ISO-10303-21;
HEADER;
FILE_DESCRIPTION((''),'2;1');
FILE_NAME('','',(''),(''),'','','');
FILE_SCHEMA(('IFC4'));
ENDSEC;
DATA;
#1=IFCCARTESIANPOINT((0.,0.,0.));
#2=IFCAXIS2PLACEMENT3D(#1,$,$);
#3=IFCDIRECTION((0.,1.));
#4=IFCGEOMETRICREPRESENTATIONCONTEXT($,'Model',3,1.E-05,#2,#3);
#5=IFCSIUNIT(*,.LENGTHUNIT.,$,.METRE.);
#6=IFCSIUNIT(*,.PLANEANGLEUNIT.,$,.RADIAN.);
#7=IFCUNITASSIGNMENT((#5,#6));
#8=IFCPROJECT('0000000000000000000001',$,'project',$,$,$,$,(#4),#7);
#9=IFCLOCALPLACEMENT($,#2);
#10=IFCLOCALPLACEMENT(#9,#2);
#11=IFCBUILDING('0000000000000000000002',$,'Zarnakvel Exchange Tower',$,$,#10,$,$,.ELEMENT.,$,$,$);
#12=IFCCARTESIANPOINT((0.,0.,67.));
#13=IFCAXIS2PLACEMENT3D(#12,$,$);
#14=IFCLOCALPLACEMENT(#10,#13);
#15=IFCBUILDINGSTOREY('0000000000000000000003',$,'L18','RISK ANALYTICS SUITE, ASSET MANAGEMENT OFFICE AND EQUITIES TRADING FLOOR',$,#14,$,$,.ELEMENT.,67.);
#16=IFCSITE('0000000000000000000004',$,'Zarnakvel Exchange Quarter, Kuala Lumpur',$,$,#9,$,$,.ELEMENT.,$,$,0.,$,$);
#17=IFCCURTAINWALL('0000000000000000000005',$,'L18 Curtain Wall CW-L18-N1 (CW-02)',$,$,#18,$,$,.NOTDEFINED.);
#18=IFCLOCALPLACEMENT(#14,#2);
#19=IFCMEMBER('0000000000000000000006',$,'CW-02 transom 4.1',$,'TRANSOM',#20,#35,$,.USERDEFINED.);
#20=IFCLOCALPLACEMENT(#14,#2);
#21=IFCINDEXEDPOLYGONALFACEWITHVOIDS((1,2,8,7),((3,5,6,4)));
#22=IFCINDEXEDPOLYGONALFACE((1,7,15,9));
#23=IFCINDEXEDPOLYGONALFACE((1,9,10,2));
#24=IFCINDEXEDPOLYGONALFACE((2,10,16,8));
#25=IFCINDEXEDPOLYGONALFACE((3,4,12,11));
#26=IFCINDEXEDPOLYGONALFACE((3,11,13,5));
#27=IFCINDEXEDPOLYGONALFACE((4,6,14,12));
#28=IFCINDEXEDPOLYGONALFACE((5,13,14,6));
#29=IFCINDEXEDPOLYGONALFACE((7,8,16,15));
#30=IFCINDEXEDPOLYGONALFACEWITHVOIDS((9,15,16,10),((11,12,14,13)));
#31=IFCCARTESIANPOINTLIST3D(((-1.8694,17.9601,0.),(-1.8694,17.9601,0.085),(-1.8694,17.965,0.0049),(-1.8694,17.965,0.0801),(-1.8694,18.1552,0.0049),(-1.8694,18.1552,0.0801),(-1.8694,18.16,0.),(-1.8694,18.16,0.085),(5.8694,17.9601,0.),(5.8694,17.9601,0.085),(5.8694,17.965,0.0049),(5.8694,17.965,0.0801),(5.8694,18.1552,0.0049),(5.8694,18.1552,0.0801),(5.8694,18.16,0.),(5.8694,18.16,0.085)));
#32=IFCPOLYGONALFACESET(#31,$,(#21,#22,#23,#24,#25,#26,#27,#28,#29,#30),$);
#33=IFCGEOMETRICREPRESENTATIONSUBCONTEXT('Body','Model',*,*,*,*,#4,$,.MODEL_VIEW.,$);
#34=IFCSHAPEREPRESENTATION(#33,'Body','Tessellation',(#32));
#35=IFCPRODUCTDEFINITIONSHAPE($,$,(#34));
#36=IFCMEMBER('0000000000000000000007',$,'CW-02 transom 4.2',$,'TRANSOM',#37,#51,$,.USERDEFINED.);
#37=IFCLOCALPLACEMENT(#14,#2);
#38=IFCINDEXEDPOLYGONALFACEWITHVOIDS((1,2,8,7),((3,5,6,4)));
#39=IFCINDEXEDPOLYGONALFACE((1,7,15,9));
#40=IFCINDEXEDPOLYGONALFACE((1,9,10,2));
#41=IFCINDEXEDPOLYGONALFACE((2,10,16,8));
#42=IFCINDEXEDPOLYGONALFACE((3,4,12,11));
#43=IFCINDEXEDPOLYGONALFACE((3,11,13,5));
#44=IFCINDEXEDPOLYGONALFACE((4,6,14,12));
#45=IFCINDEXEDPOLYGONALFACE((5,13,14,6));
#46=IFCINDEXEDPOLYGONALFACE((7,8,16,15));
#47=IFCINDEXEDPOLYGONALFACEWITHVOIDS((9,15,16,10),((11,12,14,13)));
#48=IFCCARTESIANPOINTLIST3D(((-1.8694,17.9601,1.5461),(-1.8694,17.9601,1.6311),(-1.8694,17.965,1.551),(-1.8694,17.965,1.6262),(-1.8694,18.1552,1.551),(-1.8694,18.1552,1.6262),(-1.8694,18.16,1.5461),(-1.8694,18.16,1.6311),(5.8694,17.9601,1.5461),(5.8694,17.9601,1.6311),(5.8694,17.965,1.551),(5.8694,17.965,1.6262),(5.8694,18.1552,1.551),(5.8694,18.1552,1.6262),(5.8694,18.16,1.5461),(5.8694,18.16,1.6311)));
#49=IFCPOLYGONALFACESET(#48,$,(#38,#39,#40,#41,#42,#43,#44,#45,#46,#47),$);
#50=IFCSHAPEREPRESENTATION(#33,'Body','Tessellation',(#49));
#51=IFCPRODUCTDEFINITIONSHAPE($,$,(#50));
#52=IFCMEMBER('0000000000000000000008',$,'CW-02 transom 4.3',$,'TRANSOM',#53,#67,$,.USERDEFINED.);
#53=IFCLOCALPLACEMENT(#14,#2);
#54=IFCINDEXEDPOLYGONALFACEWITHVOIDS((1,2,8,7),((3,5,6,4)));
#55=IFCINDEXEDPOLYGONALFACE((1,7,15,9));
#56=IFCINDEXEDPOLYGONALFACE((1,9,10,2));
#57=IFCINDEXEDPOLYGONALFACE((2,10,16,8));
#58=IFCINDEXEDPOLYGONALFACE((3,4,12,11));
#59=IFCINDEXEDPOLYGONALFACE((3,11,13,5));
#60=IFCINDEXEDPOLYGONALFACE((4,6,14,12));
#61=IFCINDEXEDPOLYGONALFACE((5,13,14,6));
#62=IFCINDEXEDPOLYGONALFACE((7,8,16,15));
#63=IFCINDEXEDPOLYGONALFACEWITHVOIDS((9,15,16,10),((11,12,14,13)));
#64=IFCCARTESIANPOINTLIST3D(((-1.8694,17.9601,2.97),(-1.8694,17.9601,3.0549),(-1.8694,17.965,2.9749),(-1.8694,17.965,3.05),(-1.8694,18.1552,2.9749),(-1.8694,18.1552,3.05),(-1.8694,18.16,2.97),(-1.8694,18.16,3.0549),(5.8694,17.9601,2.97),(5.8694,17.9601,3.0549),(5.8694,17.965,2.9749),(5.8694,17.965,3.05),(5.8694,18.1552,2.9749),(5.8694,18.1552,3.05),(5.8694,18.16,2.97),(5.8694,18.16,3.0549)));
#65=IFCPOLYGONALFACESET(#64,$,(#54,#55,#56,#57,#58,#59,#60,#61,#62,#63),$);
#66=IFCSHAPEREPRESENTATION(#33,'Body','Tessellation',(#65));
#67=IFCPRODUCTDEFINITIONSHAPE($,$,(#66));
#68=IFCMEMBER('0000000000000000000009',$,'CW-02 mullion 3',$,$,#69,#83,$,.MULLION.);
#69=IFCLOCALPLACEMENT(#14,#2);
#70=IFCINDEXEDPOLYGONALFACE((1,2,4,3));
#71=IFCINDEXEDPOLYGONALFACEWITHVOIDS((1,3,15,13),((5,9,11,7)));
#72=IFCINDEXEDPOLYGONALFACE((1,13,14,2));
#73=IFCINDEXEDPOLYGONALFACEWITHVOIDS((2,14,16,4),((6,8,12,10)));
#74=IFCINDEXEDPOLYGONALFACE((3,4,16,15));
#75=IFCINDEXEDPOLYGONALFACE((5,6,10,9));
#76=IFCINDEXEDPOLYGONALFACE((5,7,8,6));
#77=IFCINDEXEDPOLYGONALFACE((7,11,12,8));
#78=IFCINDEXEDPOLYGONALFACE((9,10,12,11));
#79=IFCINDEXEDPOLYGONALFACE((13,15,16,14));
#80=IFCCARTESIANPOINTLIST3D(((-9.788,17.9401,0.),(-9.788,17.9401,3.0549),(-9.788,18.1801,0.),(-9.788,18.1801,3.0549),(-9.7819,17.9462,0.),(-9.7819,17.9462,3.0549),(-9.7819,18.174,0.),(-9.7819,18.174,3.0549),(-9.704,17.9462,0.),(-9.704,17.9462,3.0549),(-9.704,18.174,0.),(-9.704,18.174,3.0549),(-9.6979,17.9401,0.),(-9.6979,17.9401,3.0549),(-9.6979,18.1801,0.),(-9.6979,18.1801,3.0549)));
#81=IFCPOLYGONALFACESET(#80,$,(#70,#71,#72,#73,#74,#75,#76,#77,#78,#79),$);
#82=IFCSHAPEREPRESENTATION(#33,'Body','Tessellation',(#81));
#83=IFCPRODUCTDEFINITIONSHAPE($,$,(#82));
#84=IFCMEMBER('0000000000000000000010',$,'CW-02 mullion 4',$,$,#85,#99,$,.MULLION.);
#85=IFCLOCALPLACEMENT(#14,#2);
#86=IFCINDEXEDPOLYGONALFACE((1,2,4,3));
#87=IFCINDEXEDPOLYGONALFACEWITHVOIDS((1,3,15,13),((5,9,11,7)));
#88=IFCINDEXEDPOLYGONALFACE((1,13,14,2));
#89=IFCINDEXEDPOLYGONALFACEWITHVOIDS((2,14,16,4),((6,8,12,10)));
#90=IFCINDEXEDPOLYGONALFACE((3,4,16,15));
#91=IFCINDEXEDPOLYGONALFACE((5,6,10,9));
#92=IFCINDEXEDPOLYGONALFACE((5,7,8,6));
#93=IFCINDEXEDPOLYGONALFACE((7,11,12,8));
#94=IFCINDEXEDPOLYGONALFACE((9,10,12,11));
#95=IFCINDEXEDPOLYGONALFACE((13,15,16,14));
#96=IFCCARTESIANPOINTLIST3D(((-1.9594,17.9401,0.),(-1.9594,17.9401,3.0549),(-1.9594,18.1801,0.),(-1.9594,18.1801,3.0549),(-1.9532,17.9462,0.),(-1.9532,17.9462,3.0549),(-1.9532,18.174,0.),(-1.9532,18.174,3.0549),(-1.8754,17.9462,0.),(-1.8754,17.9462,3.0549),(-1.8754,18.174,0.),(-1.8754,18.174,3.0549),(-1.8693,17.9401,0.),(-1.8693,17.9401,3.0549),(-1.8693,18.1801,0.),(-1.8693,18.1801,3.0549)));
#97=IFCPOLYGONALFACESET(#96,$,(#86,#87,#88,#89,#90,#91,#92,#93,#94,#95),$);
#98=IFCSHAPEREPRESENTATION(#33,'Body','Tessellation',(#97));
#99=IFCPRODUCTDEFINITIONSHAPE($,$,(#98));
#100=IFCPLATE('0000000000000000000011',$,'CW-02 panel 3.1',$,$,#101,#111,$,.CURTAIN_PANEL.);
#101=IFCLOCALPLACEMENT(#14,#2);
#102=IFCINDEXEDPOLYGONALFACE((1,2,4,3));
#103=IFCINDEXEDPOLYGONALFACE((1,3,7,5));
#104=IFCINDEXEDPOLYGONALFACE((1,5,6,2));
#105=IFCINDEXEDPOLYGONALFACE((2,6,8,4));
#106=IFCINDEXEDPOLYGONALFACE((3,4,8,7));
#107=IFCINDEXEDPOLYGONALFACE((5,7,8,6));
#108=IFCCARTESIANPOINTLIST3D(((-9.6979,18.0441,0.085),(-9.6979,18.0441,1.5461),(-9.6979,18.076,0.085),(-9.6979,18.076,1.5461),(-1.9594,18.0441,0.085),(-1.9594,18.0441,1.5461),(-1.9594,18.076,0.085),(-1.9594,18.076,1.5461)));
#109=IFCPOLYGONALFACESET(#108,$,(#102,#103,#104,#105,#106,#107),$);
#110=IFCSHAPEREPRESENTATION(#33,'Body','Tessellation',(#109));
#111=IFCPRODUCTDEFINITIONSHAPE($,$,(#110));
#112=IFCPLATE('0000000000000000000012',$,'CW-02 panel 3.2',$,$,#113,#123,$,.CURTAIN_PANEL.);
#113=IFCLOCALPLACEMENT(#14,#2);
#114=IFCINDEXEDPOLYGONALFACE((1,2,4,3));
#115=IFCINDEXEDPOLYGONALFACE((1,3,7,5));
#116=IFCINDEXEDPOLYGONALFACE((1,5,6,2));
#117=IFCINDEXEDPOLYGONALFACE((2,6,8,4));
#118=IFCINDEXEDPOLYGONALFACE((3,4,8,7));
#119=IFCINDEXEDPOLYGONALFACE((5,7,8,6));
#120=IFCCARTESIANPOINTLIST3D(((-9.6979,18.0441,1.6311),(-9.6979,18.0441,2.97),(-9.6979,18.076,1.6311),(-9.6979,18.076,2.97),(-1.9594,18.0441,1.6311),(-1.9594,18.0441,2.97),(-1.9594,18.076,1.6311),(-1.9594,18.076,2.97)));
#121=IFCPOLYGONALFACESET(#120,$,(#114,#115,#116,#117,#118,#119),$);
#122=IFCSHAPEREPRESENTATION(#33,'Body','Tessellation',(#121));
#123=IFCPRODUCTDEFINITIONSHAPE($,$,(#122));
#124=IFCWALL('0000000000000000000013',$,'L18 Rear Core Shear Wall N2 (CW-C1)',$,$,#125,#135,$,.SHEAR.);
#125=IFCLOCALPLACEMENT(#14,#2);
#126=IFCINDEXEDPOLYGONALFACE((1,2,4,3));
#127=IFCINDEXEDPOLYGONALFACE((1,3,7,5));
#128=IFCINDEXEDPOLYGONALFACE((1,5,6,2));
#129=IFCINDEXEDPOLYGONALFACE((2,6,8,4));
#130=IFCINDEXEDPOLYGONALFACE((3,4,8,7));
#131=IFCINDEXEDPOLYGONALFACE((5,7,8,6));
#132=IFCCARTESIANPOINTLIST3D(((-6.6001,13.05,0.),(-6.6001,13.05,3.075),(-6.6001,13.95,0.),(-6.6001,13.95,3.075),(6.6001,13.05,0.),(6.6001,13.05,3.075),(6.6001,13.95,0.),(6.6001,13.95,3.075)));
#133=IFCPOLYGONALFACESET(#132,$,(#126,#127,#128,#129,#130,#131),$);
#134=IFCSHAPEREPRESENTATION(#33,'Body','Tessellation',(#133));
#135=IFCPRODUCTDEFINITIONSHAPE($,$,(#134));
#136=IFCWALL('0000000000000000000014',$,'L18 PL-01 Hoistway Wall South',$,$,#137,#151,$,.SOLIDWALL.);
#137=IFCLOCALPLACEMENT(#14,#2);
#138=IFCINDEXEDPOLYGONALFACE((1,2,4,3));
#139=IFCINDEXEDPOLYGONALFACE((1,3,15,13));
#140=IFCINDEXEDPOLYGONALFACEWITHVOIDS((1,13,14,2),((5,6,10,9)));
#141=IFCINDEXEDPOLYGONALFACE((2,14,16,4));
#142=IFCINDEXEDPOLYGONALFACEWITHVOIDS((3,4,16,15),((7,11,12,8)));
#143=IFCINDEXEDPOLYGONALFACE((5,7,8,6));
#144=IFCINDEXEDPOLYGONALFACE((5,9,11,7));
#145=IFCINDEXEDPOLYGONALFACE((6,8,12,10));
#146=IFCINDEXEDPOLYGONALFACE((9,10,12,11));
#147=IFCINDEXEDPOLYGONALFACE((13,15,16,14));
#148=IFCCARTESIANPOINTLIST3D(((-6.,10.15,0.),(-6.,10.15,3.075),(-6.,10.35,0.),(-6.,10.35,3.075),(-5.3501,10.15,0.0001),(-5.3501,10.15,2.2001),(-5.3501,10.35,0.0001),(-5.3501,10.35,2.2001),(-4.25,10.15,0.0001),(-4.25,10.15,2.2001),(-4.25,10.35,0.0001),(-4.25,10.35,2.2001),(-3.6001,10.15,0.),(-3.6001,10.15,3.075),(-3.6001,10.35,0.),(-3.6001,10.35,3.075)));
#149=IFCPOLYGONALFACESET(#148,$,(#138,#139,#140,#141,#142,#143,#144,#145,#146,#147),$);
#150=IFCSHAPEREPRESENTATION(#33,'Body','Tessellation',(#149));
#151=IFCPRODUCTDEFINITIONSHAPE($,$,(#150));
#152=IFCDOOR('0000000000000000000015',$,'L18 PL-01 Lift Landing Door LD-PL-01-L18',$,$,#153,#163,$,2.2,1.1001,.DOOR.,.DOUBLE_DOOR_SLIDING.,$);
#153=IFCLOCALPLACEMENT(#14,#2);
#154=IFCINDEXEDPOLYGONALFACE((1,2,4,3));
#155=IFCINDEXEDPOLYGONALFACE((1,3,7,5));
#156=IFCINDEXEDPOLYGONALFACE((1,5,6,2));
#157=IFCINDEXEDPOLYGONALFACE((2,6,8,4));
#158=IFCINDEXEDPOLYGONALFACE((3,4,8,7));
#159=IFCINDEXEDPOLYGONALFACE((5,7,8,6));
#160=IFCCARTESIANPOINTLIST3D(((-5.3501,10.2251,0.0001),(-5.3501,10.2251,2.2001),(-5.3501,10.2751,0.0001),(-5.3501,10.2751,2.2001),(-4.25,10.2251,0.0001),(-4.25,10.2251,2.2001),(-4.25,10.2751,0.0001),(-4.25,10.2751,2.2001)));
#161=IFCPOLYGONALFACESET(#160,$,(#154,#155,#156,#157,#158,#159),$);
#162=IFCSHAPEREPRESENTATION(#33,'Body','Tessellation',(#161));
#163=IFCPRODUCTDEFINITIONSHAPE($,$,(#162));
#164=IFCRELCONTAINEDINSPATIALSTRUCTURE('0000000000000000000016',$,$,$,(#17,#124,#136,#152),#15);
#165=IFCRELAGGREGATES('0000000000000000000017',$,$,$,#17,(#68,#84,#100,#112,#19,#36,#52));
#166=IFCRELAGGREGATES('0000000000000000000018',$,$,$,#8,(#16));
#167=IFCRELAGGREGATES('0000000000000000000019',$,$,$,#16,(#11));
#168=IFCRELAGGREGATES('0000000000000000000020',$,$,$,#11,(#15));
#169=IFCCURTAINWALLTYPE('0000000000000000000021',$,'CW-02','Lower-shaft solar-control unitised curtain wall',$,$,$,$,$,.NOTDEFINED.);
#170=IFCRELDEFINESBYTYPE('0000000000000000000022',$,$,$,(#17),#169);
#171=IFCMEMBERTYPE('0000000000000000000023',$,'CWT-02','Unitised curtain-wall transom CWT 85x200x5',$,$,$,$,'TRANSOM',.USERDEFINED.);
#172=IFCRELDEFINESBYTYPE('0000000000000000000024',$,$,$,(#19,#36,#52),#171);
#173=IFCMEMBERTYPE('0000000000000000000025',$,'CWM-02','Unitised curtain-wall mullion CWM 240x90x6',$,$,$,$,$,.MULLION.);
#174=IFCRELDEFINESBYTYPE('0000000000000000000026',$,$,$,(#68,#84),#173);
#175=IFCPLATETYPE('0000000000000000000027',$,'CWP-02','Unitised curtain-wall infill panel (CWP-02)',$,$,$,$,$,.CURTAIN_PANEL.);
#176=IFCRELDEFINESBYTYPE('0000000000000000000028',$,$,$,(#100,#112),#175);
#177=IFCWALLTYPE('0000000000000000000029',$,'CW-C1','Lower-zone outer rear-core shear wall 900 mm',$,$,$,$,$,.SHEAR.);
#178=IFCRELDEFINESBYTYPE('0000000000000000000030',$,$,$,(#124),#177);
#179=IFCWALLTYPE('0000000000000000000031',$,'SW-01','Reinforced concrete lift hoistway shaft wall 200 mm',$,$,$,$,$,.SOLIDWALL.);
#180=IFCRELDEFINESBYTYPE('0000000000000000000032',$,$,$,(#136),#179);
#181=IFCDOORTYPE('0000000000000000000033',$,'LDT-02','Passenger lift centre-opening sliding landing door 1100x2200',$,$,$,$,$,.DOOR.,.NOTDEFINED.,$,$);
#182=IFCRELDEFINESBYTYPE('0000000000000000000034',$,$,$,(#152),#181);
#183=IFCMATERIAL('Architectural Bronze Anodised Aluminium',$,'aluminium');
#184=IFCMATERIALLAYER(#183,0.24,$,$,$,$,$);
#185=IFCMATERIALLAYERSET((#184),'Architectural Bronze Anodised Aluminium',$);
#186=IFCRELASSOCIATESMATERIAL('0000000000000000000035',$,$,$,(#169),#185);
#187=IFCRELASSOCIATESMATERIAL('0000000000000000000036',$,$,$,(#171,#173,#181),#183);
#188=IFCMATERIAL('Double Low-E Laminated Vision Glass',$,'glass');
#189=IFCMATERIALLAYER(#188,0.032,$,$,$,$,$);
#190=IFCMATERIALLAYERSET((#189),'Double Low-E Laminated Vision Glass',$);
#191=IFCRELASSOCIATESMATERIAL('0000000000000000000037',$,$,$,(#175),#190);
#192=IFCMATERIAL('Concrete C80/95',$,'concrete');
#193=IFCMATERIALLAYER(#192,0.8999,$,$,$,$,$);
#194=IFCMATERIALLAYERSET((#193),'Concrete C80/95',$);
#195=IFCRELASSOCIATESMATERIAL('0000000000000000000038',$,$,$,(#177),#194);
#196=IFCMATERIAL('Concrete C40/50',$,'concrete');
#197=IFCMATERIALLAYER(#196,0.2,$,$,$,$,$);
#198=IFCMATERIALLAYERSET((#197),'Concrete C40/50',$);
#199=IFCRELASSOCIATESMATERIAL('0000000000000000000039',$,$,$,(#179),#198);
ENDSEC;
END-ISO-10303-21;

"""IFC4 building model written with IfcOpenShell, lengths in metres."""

from ifc_helpers import new_model, si_unit, direction, frame, frame_2d, origin, origin_2d, place, context, subcontext, project, spatial, rectangle, hollow_rectangle, extrude, source, transform, mapped, material, layer, layer_set, material_profile, profile_set, type_object, element, fill, aggregate, save


model = new_model("IFC4")

# Units and contexts
model_context = context("Model", 3, precision=1e-05, world=origin(), true_north=direction((0.0, 1.0)))
body_context = subcontext(model_context, "Body", "Model", "MODEL_VIEW")
ifc_project = project(units=[si_unit("LENGTHUNIT", "METRE"), si_unit("PLANEANGLEUNIT", "RADIAN")], contexts=[model_context])

# Site, building, storey
site_placement = place(None, origin())
site = spatial("IfcSite", under=ifc_project, at=site_placement, Name="Zarnakvel Exchange Quarter, Kuala Lumpur", CompositionType="ELEMENT", RefElevation=0.0)
building_placement = place(site_placement, origin())
building = spatial("IfcBuilding", under=site, at=building_placement, Name="Zarnakvel Exchange Tower", CompositionType="ELEMENT")
storey_placement = place(building_placement, frame((0.0, 0.0, 67.0)))
storey = spatial("IfcBuildingStorey", under=building, at=storey_placement, Name="L18", Description="RISK ANALYTICS SUITE, ASSET MANAGEMENT OFFICE AND EQUITIES TRADING FLOOR", CompositionType="ELEMENT", Elevation=67.0)

# Shared definitions
ifc_material_1 = material(Name="Concrete C80/95", Category="concrete")

# Curtain wall, members, plates
ifc_material_2 = material(Name="Architectural Bronze Anodised Aluminium", Category="aluminium")
ifc_layer_1 = layer(ifc_material_2, 0.24)
ifc_layer_set_1 = layer_set([ifc_layer_1], Name="Architectural Bronze Anodised Aluminium")
curtain_wall_type = type_object("IfcCurtainWallType", Name="CW-02", Description="Lower-shaft solar-control unitised curtain wall", PredefinedType="NOTDEFINED", material=ifc_layer_set_1)
curtain_wall_placement = place(storey_placement, origin())
curtain_wall = element("IfcCurtainWall", 1, at=curtain_wall_placement, inside=storey, type_object=curtain_wall_type, Name="L18 Curtain Wall CW-L18-N1 (CW-02)", PredefinedType="NOTDEFINED")
ifc_material_profile_1 = material_profile(ifc_material_2, hollow_rectangle(XDim=0.2, YDim=0.085, WallThickness=0.0049, at=origin_2d()))
ifc_profile_set_1 = profile_set([ifc_material_profile_1], Name="Architectural Bronze Anodised Aluminium")
member_type_1 = type_object("IfcMemberType", Name="CWT-02", Description="Unitised curtain-wall transom CWT 85x200x5", ElementType="TRANSOM", PredefinedType="USERDEFINED", material=ifc_profile_set_1)
shared_shape_1 = source(origin(), body_context, "Body", "SweptSolid", [
    extrude(hollow_rectangle(XDim=0.2, YDim=0.085, WallThickness=0.0049, at=origin_2d()), origin(), (0.0, 0.0, 1.0), 7.7388),
])
member_1_placement = place(storey_placement, frame((-1.8694, 18.0601, 0.0425), z_axis=(1.0, 0.0, 0.0), x_axis=(0.0, 1.0, 0.0)))
member_1 = element("IfcMember", 2, at=member_1_placement, type_object=member_type_1, Name="CW-02 transom 4.1", ObjectType="TRANSOM", PredefinedType="USERDEFINED", context=body_context, shape_type="MappedRepresentation", body=[
    mapped(shared_shape_1, transform((0.0, 0.0, 0.0), x_axis=(1.0, 0.0, 0.0), y_axis=(0.0, 1.0, 0.0), z_axis=(0.0, 0.0, 1.0), scale=1.0)),
])
member_2_placement = place(storey_placement, frame((-1.8694, 18.0601, 1.5886), z_axis=(1.0, 0.0, 0.0), x_axis=(0.0, 1.0, 0.0)))
member_2 = element("IfcMember", 3, at=member_2_placement, type_object=member_type_1, Name="CW-02 transom 4.2", ObjectType="TRANSOM", PredefinedType="USERDEFINED", context=body_context, shape_type="MappedRepresentation", body=[
    mapped(shared_shape_1, transform((0.0, 0.0, 0.0), x_axis=(1.0, 0.0, 0.0), y_axis=(0.0, 1.0, 0.0), z_axis=(0.0, 0.0, 1.0), scale=1.0)),
])
member_3_placement = place(storey_placement, frame((-1.8694, 18.0601, 3.0125), z_axis=(1.0, 0.0, 0.0), x_axis=(0.0, 1.0, 0.0)))
member_3 = element("IfcMember", 4, at=member_3_placement, type_object=member_type_1, Name="CW-02 transom 4.3", ObjectType="TRANSOM", PredefinedType="USERDEFINED", context=body_context, shape_type="MappedRepresentation", body=[
    mapped(shared_shape_1, transform((0.0, 0.0, 0.0), x_axis=(1.0, 0.0, 0.0), y_axis=(0.0, 1.0, 0.0), z_axis=(0.0, 0.0, 1.0), scale=1.0)),
])
ifc_material_profile_2 = material_profile(ifc_material_2, hollow_rectangle(XDim=0.24, YDim=0.0901, WallThickness=0.0061, at=origin_2d()))
ifc_profile_set_2 = profile_set([ifc_material_profile_2], Name="Architectural Bronze Anodised Aluminium")
member_type_2 = type_object("IfcMemberType", Name="CWM-02", Description="Unitised curtain-wall mullion CWM 240x90x6", PredefinedType="MULLION", material=ifc_profile_set_2)
shared_shape_2 = source(origin(), body_context, "Body", "SweptSolid", [
    extrude(hollow_rectangle(XDim=0.24, YDim=0.0901, WallThickness=0.0061, at=origin_2d()), origin(), (0.0, 0.0, 1.0), 3.0549),
])
member_4_placement = place(storey_placement, frame((-9.7429, 18.0601, 0.0), z_axis=(0.0, 0.0, 1.0), x_axis=(0.0, 1.0, 0.0)))
member_4 = element("IfcMember", 5, at=member_4_placement, type_object=member_type_2, Name="CW-02 mullion 3", PredefinedType="MULLION", context=body_context, shape_type="MappedRepresentation", body=[
    mapped(shared_shape_2, transform((0.0, 0.0, 0.0), x_axis=(1.0, 0.0, 0.0), y_axis=(0.0, 1.0, 0.0), z_axis=(0.0, 0.0, 1.0), scale=1.0)),
])
member_5_placement = place(storey_placement, frame((-1.9143, 18.0601, 0.0), z_axis=(0.0, 0.0, 1.0), x_axis=(0.0, 1.0, 0.0)))
member_5 = element("IfcMember", 6, at=member_5_placement, type_object=member_type_2, Name="CW-02 mullion 4", PredefinedType="MULLION", context=body_context, shape_type="MappedRepresentation", body=[
    mapped(shared_shape_2, transform((0.0, 0.0, 0.0), x_axis=(1.0, 0.0, 0.0), y_axis=(0.0, 1.0, 0.0), z_axis=(0.0, 0.0, 1.0), scale=1.0)),
])
ifc_material_3 = material(Name="Double Low-E Laminated Vision Glass", Category="glass")
ifc_layer_2 = layer(ifc_material_3, 0.032)
ifc_layer_set_2 = layer_set([ifc_layer_2], Name="Double Low-E Laminated Vision Glass")
plate_type = type_object("IfcPlateType", Name="CWP-02", Description="Unitised curtain-wall infill panel (CWP-02)", PredefinedType="CURTAIN_PANEL", material=ifc_layer_set_2)
shared_shape_3 = source(origin(), body_context, "Body", "SweptSolid", [
    extrude(rectangle(XDim=7.7385, YDim=0.032, at=origin_2d()), origin(), (0.0, 0.0, 1.0), 1.4612),
])
plate_1_placement = place(storey_placement, frame((-5.8286, 18.0601, 0.085), z_axis=(0.0, 0.0, 1.0), x_axis=(1.0, 0.0, 0.0)))
plate_1 = element("IfcPlate", 7, at=plate_1_placement, type_object=plate_type, Name="CW-02 panel 3.1", PredefinedType="CURTAIN_PANEL", context=body_context, shape_type="MappedRepresentation", body=[
    mapped(shared_shape_3, transform((0.0, 0.0, 0.0), x_axis=(1.0, 0.0, 0.0), y_axis=(0.0, 1.0, 0.0), z_axis=(0.0, 0.0, 1.0), scale=1.0)),
])
shared_shape_4 = source(origin(), body_context, "Body", "SweptSolid", [
    extrude(rectangle(XDim=7.7385, YDim=0.032, at=origin_2d()), origin(), (0.0, 0.0, 1.0), 1.3389),
])
plate_2_placement = place(storey_placement, frame((-5.8286, 18.0601, 1.6311), z_axis=(0.0, 0.0, 1.0), x_axis=(1.0, 0.0, 0.0)))
plate_2 = element("IfcPlate", 8, at=plate_2_placement, type_object=plate_type, Name="CW-02 panel 3.2", PredefinedType="CURTAIN_PANEL", context=body_context, shape_type="MappedRepresentation", body=[
    mapped(shared_shape_4, transform((0.0, 0.0, 0.0), x_axis=(1.0, 0.0, 0.0), y_axis=(0.0, 1.0, 0.0), z_axis=(0.0, 0.0, 1.0), scale=1.0)),
])
aggregate(curtain_wall, [member_4, member_5, plate_1, plate_2, member_1, member_2, member_3])

# Wall
ifc_layer_3 = layer(ifc_material_1, 0.8999)
ifc_layer_set_3 = layer_set([ifc_layer_3], Name="Concrete C80/95")
wall_type_1 = type_object("IfcWallType", Name="CW-C1", Description="Lower-zone outer rear-core shear wall 900 mm", PredefinedType="SHEAR", material=ifc_layer_set_3)
wall_1_placement = place(storey_placement, frame((-6.6001, 13.5, 0.0), z_axis=(0.0, 0.0, 1.0), x_axis=(1.0, 0.0, 0.0)))
element("IfcWall", 9, at=wall_1_placement, inside=storey, type_object=wall_type_1, Name="L18 Rear Core Shear Wall N2 (CW-C1)", PredefinedType="SHEAR", context=body_context, shape_type="SweptSolid", body=[
    extrude(rectangle(XDim=13.2002, YDim=0.8999, at=frame_2d((6.6001, 0.0))), origin(), (0.0, 0.0, 1.0), 3.075),
])

# Wall, opening, door
ifc_material_4 = material(Name="Concrete C40/50", Category="concrete")
ifc_layer_4 = layer(ifc_material_4, 0.2)
ifc_layer_set_4 = layer_set([ifc_layer_4], Name="Concrete C40/50")
wall_type_2 = type_object("IfcWallType", Name="SW-01", Description="Reinforced concrete lift hoistway shaft wall 200 mm", PredefinedType="SOLIDWALL", material=ifc_layer_set_4)
wall_2_placement = place(storey_placement, frame((-3.6001, 10.25, 0.0), z_axis=(0.0, 0.0, 1.0), x_axis=(-1.0, 0.0, 0.0)))
wall_2 = element("IfcWall", 10, at=wall_2_placement, inside=storey, type_object=wall_type_2, Name="L18 PL-01 Hoistway Wall South", PredefinedType="SOLIDWALL", context=body_context, shape_type="SweptSolid", body=[
    extrude(rectangle(XDim=2.3999, YDim=0.2, at=frame_2d((1.2, 0.0))), origin(), (0.0, 0.0, 1.0), 3.075),
])
opening_1_placement = place(wall_2_placement, frame((0.6499, 0.0, 0.0)))
opening_1 = element("IfcOpeningElement", 11, at=opening_1_placement, cuts=wall_2, PredefinedType="OPENING", context=body_context, shape_type="SweptSolid", body=[
    extrude(rectangle(XDim=1.1001, YDim=2.2, at=frame_2d((0.55, 1.1001))), frame((0.0, 0.1099, 0.0), z_axis=(0.0, -1.0, 0.0), x_axis=(1.0, 0.0, 0.0)), (0.0, 0.0, 1.0), 0.22),
])
door_type = type_object("IfcDoorType", Name="LDT-02", Description="Passenger lift centre-opening sliding landing door 1100x2200", OperationType="NOTDEFINED", PredefinedType="DOOR", material=ifc_material_2)
shared_shape_5 = source(origin(), body_context, "Body", "SweptSolid", [
    extrude(rectangle(XDim=1.1001, YDim=2.2, at=frame_2d((0.55, 1.1001))), frame((0.0, 0.0249, 0.0), z_axis=(0.0, -1.0, 0.0), x_axis=(1.0, 0.0, 0.0)), (0.0, 0.0, 1.0), 0.05),
])
door_1_placement = place(opening_1_placement, origin())
door_1 = element("IfcDoor", 12, at=door_1_placement, inside=storey, type_object=door_type, Name="L18 PL-01 Lift Landing Door LD-PL-01-L18", OperationType="DOUBLE_DOOR_SLIDING", OverallHeight=2.2, OverallWidth=1.1001, PredefinedType="DOOR", context=body_context, shape_type="MappedRepresentation", body=[
    mapped(shared_shape_5, transform((0.0, 0.0, 0.0), x_axis=(1.0, 0.0, 0.0), y_axis=(0.0, 1.0, 0.0), z_axis=(0.0, 0.0, 1.0), scale=1.0)),
])
fill(opening_1, door_1)

save(model, "model.ifc")
